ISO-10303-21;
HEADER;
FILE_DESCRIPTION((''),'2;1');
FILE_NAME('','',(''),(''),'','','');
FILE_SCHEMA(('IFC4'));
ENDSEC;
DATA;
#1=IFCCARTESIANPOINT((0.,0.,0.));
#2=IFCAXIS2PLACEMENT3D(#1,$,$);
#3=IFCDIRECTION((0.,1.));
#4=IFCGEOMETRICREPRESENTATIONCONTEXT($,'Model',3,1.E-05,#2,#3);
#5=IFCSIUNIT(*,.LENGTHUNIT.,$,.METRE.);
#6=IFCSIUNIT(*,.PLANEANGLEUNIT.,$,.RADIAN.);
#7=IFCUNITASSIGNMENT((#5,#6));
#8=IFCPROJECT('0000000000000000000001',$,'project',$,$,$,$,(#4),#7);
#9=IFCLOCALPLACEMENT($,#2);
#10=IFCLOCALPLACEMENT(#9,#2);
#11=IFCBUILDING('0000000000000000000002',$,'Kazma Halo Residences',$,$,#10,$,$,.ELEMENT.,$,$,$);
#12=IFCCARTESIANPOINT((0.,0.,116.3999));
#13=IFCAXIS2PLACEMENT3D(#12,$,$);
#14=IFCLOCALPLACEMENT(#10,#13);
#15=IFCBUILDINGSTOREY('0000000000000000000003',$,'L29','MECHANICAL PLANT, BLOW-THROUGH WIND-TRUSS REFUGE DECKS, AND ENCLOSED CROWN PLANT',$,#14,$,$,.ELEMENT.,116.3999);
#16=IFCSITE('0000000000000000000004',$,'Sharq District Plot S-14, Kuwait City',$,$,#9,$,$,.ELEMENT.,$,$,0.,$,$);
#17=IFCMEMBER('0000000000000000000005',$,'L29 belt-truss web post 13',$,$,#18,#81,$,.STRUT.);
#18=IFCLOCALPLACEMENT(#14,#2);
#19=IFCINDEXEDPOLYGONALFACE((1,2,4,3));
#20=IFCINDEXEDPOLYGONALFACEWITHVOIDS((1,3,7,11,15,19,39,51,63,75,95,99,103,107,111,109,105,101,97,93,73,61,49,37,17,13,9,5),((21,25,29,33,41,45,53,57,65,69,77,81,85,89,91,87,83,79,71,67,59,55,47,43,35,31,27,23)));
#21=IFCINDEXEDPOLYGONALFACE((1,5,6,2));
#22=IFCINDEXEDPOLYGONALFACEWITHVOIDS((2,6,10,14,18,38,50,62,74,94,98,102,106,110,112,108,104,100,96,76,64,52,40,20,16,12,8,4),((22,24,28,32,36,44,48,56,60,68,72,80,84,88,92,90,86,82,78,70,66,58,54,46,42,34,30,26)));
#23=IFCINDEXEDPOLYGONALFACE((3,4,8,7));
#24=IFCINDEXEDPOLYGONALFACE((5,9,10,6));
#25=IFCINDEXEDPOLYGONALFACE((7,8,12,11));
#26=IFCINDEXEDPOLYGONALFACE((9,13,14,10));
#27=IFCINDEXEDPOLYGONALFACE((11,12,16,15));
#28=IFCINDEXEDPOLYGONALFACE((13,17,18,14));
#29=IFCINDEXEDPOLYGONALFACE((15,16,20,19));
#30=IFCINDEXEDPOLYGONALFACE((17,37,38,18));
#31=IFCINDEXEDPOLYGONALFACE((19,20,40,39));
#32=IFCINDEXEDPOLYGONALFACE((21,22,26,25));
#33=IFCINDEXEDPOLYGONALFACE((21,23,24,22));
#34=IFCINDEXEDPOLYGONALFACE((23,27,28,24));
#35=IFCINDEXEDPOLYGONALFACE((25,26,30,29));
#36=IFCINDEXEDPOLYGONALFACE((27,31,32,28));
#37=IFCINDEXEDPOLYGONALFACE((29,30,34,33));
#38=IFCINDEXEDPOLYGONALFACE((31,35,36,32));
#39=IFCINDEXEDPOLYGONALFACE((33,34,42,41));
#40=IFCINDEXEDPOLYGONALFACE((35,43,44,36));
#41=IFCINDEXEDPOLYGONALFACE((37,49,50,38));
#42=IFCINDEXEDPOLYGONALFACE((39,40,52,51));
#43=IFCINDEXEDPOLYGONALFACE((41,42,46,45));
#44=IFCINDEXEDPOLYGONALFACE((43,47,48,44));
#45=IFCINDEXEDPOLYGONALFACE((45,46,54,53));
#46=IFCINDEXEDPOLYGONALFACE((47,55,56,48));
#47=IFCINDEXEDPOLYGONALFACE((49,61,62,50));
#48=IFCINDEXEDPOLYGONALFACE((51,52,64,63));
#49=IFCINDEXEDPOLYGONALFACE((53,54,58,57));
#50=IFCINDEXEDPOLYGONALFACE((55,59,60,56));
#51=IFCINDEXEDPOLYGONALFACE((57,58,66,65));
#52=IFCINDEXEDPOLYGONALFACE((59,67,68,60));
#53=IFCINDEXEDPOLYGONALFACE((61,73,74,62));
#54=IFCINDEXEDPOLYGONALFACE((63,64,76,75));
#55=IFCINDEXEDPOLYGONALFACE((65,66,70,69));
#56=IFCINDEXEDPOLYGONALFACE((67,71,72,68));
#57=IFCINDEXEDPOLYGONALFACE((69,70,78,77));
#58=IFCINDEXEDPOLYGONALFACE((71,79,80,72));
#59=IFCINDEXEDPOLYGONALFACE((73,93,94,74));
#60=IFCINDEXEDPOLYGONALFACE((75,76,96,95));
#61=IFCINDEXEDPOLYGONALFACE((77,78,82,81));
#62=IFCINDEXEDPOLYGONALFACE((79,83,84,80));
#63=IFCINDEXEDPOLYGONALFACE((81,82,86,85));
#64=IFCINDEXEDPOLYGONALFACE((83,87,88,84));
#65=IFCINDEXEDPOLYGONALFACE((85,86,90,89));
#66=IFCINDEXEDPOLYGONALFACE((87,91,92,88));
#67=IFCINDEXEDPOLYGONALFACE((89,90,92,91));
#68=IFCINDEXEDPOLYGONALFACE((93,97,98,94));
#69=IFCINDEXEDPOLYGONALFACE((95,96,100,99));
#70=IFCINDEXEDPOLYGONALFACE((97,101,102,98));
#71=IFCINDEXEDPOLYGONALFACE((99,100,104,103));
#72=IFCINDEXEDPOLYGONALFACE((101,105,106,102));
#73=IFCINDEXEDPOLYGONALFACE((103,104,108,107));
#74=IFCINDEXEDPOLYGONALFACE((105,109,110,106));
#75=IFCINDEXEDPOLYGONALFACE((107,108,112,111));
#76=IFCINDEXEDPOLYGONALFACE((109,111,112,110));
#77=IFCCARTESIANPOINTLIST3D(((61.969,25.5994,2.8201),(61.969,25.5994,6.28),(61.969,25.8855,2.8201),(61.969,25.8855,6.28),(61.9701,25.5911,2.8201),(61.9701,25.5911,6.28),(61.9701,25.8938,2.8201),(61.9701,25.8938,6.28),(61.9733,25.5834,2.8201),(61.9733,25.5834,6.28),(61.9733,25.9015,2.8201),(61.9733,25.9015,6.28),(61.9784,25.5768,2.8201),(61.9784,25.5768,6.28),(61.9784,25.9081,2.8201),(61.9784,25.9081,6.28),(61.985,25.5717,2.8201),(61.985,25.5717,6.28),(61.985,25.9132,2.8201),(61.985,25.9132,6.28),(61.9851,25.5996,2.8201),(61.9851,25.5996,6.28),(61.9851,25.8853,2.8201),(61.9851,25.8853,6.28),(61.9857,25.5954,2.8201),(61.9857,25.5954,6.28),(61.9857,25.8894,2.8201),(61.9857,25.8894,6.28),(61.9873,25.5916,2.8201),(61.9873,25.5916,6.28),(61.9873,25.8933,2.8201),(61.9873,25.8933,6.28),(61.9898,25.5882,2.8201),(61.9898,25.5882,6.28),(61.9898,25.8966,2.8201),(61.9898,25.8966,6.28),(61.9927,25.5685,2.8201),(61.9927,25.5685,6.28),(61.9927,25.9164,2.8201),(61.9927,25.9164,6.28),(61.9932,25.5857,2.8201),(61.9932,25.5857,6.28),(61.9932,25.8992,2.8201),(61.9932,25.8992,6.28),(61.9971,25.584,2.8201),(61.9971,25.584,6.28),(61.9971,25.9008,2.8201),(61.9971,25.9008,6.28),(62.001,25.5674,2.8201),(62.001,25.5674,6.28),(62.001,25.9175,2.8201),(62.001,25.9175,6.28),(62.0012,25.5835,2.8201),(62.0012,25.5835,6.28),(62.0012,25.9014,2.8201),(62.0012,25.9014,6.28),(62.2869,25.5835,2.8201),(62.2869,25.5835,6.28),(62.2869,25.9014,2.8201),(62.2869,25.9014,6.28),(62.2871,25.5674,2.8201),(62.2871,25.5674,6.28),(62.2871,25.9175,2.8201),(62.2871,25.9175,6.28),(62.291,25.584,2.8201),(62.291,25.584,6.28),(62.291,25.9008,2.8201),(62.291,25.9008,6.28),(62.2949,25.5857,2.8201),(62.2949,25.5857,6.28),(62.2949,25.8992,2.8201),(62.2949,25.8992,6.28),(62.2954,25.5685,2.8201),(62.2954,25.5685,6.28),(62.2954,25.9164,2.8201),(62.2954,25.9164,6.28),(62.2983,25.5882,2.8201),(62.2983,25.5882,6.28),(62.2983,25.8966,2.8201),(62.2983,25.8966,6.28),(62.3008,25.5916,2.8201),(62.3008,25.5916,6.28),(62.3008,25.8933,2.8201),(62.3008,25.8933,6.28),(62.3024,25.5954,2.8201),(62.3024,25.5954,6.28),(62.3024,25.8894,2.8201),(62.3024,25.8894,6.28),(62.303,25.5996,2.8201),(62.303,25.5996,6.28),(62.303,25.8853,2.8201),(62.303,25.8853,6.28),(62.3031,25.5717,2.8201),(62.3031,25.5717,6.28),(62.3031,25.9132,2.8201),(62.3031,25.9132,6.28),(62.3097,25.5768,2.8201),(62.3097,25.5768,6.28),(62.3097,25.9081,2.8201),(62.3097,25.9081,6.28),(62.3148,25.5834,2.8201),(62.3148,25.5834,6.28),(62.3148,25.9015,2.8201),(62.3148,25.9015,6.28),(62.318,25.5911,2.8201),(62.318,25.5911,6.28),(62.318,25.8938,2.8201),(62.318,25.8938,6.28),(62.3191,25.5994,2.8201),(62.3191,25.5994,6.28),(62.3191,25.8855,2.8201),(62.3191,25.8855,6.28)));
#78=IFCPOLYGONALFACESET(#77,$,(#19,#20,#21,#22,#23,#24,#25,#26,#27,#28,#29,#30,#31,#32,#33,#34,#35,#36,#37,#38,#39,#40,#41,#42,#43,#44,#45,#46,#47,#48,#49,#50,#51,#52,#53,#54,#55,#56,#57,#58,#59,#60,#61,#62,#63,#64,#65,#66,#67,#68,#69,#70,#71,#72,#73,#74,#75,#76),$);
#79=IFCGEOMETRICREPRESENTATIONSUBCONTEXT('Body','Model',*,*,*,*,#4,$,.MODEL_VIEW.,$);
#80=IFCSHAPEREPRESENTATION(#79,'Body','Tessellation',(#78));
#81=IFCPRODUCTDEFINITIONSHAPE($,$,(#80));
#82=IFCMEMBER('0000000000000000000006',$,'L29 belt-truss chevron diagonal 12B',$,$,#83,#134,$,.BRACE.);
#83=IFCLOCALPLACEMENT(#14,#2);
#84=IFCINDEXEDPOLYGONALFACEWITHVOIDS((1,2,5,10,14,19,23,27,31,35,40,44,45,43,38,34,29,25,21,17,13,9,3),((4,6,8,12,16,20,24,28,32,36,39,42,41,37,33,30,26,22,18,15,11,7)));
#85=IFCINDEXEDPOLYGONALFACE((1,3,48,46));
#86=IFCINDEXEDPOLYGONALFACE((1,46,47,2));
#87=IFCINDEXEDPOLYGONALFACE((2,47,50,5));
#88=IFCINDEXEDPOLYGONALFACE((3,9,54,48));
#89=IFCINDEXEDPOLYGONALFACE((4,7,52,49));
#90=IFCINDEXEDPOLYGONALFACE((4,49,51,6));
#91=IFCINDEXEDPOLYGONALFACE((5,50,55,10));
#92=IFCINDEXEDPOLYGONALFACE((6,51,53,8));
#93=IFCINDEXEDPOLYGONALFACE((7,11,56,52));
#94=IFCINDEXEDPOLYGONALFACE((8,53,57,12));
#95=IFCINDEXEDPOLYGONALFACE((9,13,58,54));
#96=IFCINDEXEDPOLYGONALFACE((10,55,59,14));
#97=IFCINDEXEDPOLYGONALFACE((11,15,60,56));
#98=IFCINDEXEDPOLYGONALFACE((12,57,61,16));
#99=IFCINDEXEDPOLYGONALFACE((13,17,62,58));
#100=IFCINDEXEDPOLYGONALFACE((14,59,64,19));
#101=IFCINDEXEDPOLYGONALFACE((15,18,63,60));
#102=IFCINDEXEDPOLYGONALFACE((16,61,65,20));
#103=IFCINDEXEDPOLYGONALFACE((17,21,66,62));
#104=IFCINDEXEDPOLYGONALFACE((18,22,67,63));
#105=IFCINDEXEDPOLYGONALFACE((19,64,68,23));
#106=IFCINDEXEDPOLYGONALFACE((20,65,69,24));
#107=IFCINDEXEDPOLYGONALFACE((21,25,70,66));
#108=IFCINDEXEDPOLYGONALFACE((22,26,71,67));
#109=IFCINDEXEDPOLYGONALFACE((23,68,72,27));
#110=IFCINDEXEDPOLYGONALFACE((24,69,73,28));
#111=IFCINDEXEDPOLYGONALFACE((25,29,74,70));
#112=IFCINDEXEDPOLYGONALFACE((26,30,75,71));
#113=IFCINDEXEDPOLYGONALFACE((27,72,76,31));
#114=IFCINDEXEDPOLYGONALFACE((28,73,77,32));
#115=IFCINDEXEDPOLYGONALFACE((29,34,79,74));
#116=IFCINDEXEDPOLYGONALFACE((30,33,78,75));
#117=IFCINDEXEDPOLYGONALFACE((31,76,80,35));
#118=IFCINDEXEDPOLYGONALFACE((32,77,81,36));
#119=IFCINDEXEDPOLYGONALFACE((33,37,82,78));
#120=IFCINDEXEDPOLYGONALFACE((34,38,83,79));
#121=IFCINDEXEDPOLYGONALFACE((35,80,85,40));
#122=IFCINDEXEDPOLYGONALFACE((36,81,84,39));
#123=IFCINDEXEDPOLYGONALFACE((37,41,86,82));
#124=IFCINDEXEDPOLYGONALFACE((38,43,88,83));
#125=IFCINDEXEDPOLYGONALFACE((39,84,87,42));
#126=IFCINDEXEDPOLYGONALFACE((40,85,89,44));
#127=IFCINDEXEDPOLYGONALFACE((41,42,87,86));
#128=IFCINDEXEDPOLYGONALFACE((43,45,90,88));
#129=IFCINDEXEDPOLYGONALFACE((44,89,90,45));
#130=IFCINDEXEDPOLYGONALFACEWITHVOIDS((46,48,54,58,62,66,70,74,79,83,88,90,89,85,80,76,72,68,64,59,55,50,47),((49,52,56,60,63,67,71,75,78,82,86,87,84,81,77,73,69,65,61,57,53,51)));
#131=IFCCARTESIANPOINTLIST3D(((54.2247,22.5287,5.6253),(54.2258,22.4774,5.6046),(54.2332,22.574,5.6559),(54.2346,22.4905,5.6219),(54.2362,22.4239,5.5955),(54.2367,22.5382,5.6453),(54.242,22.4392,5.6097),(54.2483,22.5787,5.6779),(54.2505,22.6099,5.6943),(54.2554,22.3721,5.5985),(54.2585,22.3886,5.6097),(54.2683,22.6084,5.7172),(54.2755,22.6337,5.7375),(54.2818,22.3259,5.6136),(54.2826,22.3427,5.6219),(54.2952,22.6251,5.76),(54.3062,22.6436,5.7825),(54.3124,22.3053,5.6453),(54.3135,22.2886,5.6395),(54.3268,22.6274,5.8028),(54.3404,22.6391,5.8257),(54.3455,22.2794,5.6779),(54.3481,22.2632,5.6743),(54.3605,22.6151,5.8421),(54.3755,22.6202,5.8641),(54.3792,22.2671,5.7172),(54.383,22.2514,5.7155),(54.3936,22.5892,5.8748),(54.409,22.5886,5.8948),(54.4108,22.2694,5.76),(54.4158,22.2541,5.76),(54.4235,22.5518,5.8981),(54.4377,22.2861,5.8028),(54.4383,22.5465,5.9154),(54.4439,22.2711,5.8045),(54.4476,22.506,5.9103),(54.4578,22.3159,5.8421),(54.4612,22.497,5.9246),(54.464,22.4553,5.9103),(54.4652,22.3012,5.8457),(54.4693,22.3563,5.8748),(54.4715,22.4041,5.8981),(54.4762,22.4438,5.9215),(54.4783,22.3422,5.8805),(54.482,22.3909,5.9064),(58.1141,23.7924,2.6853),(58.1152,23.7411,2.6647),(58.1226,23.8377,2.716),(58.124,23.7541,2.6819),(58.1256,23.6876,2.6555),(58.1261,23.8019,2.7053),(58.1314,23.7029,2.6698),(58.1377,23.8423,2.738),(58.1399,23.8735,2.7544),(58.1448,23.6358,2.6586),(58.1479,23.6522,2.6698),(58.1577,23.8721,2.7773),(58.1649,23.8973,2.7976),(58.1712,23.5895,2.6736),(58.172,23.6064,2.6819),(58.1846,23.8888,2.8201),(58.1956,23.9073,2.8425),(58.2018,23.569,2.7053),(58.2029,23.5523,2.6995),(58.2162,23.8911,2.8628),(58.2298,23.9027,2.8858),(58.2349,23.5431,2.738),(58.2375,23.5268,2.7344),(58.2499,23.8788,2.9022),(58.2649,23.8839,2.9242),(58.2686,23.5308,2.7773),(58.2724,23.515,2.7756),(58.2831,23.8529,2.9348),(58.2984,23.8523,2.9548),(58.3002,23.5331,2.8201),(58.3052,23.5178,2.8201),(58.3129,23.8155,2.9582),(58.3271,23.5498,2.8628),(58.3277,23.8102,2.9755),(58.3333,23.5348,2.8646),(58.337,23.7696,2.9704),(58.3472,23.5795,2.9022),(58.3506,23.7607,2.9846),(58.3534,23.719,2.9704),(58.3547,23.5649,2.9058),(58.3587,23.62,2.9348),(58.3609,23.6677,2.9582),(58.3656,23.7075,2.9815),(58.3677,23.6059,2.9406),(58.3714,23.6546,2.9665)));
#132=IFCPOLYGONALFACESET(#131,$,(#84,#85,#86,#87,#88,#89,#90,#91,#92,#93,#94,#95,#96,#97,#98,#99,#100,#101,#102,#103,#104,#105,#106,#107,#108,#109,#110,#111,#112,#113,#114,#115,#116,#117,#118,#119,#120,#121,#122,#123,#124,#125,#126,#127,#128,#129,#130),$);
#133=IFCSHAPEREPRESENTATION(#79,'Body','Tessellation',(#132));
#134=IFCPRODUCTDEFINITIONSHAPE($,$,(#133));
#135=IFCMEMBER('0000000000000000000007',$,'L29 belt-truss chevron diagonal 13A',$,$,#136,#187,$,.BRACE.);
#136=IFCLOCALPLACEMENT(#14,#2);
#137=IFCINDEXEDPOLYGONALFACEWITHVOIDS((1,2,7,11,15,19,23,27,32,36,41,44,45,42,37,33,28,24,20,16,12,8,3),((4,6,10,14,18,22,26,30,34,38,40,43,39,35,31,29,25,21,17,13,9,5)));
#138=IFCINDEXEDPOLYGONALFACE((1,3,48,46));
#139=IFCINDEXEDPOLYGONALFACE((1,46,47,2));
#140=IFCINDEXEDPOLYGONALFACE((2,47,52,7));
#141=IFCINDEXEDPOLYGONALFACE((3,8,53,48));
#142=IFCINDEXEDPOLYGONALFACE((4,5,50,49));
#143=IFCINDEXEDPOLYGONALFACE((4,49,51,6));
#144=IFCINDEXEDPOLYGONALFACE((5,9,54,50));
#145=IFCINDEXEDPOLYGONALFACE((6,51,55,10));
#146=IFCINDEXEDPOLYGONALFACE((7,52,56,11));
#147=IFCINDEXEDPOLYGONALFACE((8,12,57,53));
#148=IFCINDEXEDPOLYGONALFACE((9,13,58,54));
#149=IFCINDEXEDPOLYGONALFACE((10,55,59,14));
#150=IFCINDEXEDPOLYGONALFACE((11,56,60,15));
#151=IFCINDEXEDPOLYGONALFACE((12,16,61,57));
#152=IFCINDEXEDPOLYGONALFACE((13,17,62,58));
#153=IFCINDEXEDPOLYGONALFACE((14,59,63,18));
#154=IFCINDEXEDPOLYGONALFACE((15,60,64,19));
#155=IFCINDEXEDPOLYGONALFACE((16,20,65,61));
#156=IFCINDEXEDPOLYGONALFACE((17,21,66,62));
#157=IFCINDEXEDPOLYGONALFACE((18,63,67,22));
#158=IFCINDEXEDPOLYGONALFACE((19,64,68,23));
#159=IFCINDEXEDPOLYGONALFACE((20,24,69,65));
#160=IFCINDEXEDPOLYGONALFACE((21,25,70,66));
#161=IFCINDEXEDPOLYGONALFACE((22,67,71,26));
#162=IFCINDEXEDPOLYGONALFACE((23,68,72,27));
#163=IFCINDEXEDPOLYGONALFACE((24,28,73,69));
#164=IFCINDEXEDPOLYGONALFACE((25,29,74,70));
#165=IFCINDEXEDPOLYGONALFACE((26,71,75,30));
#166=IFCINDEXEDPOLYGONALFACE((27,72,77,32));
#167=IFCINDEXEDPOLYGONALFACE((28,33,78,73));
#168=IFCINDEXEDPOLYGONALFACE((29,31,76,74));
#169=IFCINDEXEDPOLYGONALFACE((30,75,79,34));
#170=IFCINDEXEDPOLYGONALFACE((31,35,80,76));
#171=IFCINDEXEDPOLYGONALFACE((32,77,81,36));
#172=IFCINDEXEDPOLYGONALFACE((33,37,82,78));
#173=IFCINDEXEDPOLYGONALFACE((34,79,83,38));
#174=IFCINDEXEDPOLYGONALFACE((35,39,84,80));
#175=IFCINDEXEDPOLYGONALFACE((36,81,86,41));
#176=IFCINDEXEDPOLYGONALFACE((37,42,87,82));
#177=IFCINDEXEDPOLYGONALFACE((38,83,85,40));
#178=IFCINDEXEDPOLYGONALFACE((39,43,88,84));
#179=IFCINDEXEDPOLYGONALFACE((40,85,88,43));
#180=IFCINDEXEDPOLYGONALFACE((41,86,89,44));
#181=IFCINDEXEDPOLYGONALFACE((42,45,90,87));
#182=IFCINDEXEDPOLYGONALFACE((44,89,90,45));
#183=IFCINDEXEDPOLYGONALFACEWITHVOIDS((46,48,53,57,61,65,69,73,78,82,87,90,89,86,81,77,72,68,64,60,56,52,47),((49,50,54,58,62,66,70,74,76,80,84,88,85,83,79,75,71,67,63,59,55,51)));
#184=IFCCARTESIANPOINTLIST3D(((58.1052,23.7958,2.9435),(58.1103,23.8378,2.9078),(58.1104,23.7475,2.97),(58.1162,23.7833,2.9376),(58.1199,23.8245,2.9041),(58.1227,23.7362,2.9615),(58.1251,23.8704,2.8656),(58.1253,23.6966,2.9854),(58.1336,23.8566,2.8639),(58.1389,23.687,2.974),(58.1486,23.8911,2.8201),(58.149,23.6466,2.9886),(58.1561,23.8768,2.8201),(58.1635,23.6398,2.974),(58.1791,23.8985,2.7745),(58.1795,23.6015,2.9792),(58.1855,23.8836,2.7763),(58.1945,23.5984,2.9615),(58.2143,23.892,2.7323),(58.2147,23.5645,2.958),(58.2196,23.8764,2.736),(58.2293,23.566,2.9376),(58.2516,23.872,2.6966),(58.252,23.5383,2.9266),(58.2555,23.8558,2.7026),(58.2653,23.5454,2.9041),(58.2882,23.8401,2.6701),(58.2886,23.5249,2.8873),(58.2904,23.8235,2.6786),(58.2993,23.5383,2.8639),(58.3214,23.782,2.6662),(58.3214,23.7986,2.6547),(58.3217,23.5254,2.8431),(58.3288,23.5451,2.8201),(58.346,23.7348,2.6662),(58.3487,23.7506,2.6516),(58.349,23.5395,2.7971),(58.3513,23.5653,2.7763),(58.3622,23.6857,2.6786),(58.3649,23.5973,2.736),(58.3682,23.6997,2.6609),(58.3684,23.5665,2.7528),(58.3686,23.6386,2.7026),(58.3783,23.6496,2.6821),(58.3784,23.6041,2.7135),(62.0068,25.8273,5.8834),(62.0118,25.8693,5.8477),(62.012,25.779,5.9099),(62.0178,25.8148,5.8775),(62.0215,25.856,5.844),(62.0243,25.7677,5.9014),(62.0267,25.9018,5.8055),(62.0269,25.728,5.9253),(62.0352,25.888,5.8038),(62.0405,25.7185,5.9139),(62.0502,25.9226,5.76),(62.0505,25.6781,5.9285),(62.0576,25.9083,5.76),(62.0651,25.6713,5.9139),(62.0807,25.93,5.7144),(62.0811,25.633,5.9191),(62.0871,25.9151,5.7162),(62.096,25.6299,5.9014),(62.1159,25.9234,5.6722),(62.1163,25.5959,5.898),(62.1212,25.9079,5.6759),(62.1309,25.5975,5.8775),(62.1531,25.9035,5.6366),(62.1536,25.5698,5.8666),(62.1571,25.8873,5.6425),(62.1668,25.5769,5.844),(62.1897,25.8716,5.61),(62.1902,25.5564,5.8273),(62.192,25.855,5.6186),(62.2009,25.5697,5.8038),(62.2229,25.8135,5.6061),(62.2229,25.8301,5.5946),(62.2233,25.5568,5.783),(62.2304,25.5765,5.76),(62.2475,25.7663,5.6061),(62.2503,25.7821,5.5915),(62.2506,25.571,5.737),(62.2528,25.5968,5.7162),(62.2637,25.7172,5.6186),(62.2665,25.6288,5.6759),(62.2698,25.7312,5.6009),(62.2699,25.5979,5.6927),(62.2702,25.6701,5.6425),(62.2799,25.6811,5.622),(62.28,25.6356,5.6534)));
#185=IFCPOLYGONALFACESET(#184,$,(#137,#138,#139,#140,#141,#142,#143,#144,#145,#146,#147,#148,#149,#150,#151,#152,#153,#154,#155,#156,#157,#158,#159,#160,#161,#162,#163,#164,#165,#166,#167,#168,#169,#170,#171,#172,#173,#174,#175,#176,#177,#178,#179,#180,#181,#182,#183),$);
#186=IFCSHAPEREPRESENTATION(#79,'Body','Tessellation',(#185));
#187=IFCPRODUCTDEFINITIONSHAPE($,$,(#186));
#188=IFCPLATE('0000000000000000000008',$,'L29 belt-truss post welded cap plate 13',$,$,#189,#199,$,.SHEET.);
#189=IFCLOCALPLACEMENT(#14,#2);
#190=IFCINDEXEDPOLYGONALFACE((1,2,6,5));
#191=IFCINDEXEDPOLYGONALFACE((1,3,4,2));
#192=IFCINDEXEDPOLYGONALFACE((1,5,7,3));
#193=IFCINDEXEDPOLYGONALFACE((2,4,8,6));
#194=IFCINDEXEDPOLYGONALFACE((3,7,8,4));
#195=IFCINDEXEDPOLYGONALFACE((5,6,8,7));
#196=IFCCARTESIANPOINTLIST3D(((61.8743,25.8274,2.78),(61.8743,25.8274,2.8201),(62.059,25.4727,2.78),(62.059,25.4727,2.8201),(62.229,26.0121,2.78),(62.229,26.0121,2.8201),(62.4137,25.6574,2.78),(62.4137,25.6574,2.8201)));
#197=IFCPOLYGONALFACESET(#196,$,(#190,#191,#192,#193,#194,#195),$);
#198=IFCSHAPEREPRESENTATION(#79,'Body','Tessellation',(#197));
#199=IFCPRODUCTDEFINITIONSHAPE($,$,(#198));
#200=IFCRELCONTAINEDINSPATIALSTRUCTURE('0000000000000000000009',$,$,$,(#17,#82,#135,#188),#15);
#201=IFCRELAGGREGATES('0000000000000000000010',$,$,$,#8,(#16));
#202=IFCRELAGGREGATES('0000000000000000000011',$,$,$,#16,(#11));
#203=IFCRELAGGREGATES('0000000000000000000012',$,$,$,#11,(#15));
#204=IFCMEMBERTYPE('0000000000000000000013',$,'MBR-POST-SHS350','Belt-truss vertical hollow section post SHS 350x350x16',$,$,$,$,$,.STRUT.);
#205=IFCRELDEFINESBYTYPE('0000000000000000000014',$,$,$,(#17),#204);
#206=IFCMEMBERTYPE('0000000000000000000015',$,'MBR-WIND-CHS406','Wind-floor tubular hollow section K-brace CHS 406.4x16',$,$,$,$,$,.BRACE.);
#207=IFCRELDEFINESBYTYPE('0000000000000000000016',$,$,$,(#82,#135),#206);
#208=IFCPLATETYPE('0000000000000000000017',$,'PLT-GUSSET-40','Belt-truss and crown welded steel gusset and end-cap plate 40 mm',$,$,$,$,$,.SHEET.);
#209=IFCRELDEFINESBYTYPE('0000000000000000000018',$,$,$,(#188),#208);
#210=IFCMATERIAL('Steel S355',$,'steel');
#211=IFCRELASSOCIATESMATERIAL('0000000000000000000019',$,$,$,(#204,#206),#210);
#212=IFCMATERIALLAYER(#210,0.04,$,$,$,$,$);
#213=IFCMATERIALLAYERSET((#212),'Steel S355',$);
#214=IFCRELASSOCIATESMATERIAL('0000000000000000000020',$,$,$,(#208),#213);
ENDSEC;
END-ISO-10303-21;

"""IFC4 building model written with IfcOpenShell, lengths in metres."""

from ifc_helpers import new_model, si_unit, direction, frame, origin, origin_2d, place, context, subcontext, project, spatial, rectangle, hollow_rectangle, hollow_circle, extrude, material, layer, layer_set, material_profile, profile_set, type_object, element, save


model = new_model("IFC4")

# Units and contexts
model_context = context("Model", 3, precision=1e-05, world=origin(), true_north=direction((0.0, 1.0)))
body_context = subcontext(model_context, "Body", "Model", "MODEL_VIEW")
ifc_project = project(units=[si_unit("LENGTHUNIT", "METRE"), si_unit("PLANEANGLEUNIT", "RADIAN")], contexts=[model_context])

# Site, building, storey
site_placement = place(None, origin())
site = spatial("IfcSite", under=ifc_project, at=site_placement, Name="Sharq District Plot S-14, Kuwait City", CompositionType="ELEMENT", RefElevation=0.0)
building_placement = place(site_placement, origin())
building = spatial("IfcBuilding", under=site, at=building_placement, Name="Kazma Halo Residences", CompositionType="ELEMENT")
storey_placement = place(building_placement, frame((0.0, 0.0, 116.3999)))
storey = spatial("IfcBuildingStorey", under=building, at=storey_placement, Name="L29", Description="MECHANICAL PLANT, BLOW-THROUGH WIND-TRUSS REFUGE DECKS, AND ENCLOSED CROWN PLANT", CompositionType="ELEMENT", Elevation=116.3999)

# Shared definitions
ifc_material_1 = material(Name="Steel S355", Category="steel")

# Members
ifc_material_profile_1 = material_profile(ifc_material_1, hollow_rectangle(XDim=0.3501, YDim=0.3501, WallThickness=0.0161, InnerFilletRadius=0.0161, OuterFilletRadius=0.032, at=origin_2d()), Name="SHS350x350x16")
ifc_profile_set_1 = profile_set([ifc_material_profile_1], Name="Steel S355")
member_type_1 = type_object("IfcMemberType", Name="MBR-POST-SHS350", Description="Belt-truss vertical hollow section post SHS 350x350x16", PredefinedType="STRUT", material=ifc_profile_set_1)
member_1_placement = place(storey_placement, frame((62.144, 25.7424, 2.8201), z_axis=(0.0, 0.0, 1.0), x_axis=(1.0, 0.0, 0.0)))
element("IfcMember", 1, at=member_1_placement, inside=storey, type_object=member_type_1, Name="L29 belt-truss web post 13", PredefinedType="STRUT", context=body_context, shape_type="SweptSolid", body=[
    extrude(hollow_rectangle(XDim=0.3501, YDim=0.3501, WallThickness=0.0161, InnerFilletRadius=0.0161, OuterFilletRadius=0.032, at=origin_2d()), origin(), (0.0, 0.0, 1.0), 3.46),
])
ifc_material_profile_2 = material_profile(ifc_material_1, hollow_circle(Radius=0.2031, WallThickness=0.0161, at=origin_2d()), Name="CHS406.4x16")
ifc_profile_set_2 = profile_set([ifc_material_profile_2], Name="Steel S355")
member_type_2 = type_object("IfcMemberType", Name="MBR-WIND-CHS406", Description="Wind-floor tubular hollow section K-brace CHS 406.4x16", PredefinedType="BRACE", material=ifc_profile_set_2)
member_2_placement = place(storey_placement, frame((58.2424, 23.7109, 2.8201), z_axis=(-0.772224, -0.250897, 0.583713), x_axis=(0.309001, -0.951062, 0.0)))
element("IfcMember", 2, at=member_2_placement, inside=storey, type_object=member_type_2, Name="L29 belt-truss chevron diagonal 12B", PredefinedType="BRACE", context=body_context, shape_type="SweptSolid", body=[
    extrude(hollow_circle(Radius=0.2031, WallThickness=0.0161, at=origin_2d()), origin(), (0.0, 0.0, 1.0), 5.0366),
])
member_3_placement = place(storey_placement, frame((58.2424, 23.7109, 2.8201), z_axis=(0.73743, 0.383966, 0.555668), x_axis=(-0.461828, 0.88697, 0.0)))
element("IfcMember", 3, at=member_3_placement, inside=storey, type_object=member_type_2, Name="L29 belt-truss chevron diagonal 13A", PredefinedType="BRACE", context=body_context, shape_type="SweptSolid", body=[
    extrude(hollow_circle(Radius=0.2031, WallThickness=0.0161, at=origin_2d()), origin(), (0.0, 0.0, 1.0), 5.2908),
])

# Plate
ifc_layer_1 = layer(ifc_material_1, 0.04)
ifc_layer_set_1 = layer_set([ifc_layer_1], Name="Steel S355")
plate_type = type_object("IfcPlateType", Name="PLT-GUSSET-40", Description="Belt-truss and crown welded steel gusset and end-cap plate 40 mm", PredefinedType="SHEET", material=ifc_layer_set_1)
plate_1_placement = place(storey_placement, frame((62.144, 25.7424, 2.78), z_axis=(0.0, 0.0, 1.0), x_axis=(0.886957, 0.461853, 0.0)))
element("IfcPlate", 4, at=plate_1_placement, inside=storey, type_object=plate_type, Name="L29 belt-truss post welded cap plate 13", PredefinedType="SHEET", context=body_context, shape_type="SweptSolid", body=[
    extrude(rectangle(XDim=0.3999, YDim=0.3999, at=origin_2d()), origin(), (0.0, 0.0, 1.0), 0.04),
])

save(model, "model.ifc")
